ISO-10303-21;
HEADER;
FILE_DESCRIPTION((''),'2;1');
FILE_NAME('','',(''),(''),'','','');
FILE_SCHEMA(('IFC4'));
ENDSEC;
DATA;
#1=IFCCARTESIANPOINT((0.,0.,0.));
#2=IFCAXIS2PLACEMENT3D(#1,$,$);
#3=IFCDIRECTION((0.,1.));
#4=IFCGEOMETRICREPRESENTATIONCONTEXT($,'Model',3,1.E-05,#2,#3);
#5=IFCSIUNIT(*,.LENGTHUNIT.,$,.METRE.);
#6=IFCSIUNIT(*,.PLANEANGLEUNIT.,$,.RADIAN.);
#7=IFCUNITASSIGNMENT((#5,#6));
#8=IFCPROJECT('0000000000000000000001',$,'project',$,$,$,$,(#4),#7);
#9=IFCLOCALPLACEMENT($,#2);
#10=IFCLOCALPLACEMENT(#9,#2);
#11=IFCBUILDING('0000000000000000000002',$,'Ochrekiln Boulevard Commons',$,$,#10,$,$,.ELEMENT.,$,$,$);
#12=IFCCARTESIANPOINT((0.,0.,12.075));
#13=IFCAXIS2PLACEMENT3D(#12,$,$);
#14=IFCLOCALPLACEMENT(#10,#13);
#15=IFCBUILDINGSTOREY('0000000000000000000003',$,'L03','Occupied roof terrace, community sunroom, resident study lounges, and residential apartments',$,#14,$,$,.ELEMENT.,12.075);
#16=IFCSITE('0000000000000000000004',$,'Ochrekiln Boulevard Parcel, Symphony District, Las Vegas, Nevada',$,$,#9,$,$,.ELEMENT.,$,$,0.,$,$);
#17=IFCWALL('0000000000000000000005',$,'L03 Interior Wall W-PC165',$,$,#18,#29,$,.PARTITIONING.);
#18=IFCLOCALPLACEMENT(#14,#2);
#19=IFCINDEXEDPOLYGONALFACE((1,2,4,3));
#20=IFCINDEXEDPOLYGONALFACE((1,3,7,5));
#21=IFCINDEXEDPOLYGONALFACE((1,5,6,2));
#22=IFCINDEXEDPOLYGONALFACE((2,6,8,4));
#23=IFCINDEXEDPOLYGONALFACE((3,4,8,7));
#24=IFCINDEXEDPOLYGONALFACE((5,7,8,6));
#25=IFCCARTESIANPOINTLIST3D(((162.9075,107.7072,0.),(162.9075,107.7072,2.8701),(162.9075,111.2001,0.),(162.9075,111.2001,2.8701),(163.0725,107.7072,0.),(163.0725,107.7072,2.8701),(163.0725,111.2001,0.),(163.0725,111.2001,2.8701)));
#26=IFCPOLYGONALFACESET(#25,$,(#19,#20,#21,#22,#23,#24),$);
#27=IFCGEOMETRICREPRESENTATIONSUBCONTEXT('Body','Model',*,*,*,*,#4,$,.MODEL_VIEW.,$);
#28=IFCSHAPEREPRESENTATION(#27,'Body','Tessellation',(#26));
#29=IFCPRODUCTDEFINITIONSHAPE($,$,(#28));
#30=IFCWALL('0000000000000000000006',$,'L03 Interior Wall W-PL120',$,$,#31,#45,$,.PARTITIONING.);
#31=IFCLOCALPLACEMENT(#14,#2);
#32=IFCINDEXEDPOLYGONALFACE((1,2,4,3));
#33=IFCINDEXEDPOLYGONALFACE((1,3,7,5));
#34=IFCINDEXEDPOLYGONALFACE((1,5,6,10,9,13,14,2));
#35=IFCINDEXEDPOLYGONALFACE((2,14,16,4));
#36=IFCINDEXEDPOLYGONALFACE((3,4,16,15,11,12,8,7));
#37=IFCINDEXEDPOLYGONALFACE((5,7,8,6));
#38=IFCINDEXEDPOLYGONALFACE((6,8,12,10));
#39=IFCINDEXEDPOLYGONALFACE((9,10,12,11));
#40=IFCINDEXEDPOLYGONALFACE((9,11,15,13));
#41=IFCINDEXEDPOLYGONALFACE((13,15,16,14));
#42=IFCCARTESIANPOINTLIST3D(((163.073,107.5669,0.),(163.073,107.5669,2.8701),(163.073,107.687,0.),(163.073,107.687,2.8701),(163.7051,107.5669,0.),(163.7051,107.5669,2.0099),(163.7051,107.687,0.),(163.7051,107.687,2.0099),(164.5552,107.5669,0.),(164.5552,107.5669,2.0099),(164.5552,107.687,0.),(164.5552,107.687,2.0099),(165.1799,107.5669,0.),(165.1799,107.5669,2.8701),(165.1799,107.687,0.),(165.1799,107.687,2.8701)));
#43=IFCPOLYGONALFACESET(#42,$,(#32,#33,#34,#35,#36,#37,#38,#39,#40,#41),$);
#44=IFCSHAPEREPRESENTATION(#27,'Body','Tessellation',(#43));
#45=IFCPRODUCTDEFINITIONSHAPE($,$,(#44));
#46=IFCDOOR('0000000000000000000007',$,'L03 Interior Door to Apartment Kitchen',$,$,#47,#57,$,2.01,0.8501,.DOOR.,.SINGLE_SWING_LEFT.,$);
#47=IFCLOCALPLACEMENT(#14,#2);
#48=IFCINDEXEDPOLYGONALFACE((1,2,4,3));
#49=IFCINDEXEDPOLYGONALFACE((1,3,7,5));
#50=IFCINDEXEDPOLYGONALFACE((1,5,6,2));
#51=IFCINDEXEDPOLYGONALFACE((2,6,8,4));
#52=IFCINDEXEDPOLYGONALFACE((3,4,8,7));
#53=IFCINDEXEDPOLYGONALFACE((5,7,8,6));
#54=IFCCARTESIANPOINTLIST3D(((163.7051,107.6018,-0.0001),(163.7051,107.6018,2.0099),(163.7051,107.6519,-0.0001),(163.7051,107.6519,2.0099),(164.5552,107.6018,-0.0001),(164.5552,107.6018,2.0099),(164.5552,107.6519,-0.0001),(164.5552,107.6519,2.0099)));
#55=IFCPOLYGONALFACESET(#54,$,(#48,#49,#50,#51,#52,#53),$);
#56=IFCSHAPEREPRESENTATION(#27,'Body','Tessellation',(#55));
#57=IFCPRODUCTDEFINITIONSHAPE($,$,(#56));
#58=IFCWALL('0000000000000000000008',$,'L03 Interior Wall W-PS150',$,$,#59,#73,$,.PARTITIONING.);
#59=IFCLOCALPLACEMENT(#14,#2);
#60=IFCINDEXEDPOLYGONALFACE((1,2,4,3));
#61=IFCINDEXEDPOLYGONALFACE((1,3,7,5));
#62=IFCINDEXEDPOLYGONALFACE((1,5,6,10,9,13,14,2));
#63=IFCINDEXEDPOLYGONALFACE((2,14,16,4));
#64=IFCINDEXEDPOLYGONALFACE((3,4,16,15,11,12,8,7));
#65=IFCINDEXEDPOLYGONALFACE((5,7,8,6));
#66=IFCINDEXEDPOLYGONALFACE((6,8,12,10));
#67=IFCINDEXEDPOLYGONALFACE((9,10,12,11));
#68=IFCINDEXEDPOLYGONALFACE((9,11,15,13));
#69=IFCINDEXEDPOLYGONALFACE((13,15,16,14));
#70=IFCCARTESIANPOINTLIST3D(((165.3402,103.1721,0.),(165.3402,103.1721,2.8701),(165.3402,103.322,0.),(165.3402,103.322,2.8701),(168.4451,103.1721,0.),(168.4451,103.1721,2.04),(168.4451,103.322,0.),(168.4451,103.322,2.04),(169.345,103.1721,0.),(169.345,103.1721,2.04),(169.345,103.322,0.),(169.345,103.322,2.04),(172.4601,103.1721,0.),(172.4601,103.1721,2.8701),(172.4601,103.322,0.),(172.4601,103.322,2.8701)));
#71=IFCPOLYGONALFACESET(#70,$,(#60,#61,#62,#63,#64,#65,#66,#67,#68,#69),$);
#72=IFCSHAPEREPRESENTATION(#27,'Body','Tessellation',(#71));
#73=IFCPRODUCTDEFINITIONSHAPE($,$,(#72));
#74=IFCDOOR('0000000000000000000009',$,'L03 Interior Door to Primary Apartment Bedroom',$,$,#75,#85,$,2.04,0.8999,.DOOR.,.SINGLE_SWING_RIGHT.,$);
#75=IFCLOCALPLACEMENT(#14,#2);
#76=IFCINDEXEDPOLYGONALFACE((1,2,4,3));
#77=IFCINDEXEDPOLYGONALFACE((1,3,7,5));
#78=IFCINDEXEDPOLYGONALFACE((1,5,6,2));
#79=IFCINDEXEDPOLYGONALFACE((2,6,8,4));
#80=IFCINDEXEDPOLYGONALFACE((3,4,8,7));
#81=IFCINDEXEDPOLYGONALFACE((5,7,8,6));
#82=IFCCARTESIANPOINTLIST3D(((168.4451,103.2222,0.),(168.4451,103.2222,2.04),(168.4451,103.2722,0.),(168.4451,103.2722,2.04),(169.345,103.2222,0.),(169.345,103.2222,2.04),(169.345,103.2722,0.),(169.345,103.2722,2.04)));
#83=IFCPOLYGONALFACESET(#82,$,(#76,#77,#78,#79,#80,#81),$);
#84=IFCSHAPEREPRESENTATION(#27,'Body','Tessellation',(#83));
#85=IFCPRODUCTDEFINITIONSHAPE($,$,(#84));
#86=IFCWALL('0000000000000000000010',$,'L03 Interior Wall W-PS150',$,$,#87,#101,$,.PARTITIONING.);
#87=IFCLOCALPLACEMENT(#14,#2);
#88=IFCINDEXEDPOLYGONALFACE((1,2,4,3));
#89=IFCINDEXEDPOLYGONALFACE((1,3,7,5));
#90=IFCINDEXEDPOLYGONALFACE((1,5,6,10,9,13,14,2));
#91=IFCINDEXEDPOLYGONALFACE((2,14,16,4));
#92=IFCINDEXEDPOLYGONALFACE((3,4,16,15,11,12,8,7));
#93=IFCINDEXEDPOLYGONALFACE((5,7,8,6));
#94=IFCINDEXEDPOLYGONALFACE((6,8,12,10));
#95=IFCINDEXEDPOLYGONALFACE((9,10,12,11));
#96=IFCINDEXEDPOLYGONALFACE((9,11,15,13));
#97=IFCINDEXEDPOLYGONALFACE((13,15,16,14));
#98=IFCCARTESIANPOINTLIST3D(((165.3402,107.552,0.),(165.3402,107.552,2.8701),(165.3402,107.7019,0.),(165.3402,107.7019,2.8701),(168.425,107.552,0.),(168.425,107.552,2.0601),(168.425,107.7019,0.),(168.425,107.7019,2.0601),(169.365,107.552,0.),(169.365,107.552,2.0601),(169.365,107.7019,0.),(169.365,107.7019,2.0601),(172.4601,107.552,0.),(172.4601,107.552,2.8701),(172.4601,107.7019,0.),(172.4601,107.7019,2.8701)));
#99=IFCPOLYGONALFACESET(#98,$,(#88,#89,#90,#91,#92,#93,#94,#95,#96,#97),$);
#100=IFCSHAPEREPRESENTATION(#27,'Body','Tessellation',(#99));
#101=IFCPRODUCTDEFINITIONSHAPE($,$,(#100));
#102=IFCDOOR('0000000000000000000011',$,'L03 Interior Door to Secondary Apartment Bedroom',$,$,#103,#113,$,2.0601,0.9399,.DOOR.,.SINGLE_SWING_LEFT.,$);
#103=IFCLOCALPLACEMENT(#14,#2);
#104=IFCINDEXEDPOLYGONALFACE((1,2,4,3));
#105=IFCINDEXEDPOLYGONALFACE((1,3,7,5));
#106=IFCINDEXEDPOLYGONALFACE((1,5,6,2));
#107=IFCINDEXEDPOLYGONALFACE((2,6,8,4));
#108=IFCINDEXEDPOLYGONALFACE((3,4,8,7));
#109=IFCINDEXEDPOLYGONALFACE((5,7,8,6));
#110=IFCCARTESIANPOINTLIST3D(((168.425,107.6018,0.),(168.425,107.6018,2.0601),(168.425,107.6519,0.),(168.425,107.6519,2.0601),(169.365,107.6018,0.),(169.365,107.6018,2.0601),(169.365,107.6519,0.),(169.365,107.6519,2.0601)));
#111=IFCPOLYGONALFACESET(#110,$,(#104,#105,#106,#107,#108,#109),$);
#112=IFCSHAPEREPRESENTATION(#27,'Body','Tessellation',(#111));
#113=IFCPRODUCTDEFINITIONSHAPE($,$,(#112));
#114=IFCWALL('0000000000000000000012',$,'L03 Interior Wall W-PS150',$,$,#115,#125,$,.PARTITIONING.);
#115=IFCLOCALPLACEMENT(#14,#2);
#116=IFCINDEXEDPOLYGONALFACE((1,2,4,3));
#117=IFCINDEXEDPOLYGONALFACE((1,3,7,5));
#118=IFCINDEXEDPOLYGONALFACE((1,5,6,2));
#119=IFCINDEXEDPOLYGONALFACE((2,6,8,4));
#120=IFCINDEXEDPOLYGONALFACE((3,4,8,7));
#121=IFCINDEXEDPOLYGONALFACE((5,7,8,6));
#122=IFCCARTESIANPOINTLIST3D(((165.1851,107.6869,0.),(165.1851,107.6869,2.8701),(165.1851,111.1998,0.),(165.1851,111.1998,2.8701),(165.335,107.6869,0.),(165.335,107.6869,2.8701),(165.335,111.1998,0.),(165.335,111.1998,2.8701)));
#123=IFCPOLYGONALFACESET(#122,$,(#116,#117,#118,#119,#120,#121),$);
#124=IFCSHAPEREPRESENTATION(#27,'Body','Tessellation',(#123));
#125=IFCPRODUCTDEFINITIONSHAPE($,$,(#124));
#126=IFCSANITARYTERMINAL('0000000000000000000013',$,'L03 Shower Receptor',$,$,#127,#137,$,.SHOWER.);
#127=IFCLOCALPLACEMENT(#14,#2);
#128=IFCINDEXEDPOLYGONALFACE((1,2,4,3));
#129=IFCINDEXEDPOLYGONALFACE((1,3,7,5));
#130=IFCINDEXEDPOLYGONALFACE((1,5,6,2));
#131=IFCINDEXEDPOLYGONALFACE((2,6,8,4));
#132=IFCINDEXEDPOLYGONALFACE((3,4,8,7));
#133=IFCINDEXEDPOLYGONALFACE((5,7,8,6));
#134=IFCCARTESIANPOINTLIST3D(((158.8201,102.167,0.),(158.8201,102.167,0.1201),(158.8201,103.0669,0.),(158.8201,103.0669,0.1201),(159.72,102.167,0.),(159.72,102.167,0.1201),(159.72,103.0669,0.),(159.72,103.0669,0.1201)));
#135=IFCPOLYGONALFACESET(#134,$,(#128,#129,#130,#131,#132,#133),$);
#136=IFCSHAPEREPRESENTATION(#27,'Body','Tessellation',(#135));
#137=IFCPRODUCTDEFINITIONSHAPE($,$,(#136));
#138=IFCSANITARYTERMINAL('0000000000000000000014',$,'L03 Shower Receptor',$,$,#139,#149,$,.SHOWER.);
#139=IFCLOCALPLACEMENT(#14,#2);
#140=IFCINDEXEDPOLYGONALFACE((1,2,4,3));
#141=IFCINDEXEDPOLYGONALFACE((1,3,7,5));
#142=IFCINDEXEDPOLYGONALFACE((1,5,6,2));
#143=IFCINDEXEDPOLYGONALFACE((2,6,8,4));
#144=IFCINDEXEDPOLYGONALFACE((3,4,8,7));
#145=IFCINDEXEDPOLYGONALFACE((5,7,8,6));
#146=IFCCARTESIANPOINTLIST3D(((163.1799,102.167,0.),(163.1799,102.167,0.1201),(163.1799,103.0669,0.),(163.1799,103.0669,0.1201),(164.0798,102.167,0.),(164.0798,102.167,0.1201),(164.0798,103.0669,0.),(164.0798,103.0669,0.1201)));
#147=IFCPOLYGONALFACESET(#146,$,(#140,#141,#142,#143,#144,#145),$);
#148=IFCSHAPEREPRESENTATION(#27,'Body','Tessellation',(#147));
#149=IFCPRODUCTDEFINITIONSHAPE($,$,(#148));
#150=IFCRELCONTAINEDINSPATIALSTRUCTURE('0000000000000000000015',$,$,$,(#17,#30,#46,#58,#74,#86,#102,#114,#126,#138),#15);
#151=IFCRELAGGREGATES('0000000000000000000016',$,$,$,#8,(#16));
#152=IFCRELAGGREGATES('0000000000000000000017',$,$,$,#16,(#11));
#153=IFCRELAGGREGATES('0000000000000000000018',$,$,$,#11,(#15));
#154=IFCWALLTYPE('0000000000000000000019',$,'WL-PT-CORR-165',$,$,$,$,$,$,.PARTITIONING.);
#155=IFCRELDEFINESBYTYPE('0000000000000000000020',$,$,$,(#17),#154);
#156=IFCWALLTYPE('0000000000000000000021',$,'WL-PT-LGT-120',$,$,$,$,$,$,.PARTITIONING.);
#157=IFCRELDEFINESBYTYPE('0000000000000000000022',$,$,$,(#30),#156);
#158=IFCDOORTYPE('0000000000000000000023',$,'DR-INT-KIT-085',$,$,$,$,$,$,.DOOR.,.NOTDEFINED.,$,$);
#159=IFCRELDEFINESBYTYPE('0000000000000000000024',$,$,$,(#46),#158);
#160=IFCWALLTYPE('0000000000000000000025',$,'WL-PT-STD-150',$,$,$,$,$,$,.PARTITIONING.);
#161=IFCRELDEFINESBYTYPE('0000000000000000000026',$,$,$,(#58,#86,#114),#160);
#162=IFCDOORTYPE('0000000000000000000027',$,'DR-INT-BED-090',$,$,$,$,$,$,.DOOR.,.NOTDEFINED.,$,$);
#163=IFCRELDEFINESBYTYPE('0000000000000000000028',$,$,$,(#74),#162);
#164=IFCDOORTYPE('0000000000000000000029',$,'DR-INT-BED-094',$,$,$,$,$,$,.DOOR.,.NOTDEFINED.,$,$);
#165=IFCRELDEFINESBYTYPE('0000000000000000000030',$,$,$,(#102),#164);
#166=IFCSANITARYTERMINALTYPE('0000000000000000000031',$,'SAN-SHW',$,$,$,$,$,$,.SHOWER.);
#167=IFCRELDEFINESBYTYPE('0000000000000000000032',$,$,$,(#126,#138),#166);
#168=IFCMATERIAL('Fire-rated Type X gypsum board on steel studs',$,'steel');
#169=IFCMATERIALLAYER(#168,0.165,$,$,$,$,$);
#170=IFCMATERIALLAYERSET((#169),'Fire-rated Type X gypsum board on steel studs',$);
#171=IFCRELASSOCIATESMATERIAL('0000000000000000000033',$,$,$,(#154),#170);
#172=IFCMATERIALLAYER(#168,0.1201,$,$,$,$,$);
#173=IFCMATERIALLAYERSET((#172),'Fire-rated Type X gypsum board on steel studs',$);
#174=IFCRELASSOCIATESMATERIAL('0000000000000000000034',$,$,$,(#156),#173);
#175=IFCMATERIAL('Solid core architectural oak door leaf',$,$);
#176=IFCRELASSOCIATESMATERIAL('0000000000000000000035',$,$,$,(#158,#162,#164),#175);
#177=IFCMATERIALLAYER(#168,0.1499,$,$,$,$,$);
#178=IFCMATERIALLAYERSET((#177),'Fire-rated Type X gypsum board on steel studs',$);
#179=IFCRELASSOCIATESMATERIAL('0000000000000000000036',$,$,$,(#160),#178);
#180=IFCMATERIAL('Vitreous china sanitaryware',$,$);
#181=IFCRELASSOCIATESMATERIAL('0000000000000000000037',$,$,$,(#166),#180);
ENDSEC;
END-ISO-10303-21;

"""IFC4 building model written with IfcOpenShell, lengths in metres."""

from ifc_helpers import new_model, si_unit, direction, frame, frame_2d, origin, origin_2d, place, context, subcontext, project, spatial, rectangle, extrude, material, layer, layer_set, type_object, element, fill, save


model = new_model("IFC4")

# Units and contexts
model_context = context("Model", 3, precision=1e-05, world=origin(), true_north=direction((0.0, 1.0)))
body_context = subcontext(model_context, "Body", "Model", "MODEL_VIEW")
ifc_project = project(units=[si_unit("LENGTHUNIT", "METRE"), si_unit("PLANEANGLEUNIT", "RADIAN")], contexts=[model_context])

# Site, building, storey
site_placement = place(None, origin())
site = spatial("IfcSite", under=ifc_project, at=site_placement, Name="Ochrekiln Boulevard Parcel, Symphony District, Las Vegas, Nevada", CompositionType="ELEMENT", RefElevation=0.0)
building_placement = place(site_placement, origin())
building = spatial("IfcBuilding", under=site, at=building_placement, Name="Ochrekiln Boulevard Commons", CompositionType="ELEMENT")
storey_placement = place(building_placement, frame((0.0, 0.0, 12.075)))
storey = spatial("IfcBuildingStorey", under=building, at=storey_placement, Name="L03", Description="Occupied roof terrace, community sunroom, resident study lounges, and residential apartments", CompositionType="ELEMENT", Elevation=12.075)

# Shared definitions
ifc_material_1 = material(Name="Solid core architectural oak door leaf")
ifc_material_2 = material(Name="Fire-rated Type X gypsum board on steel studs", Category="steel")
ifc_layer_1 = layer(ifc_material_2, 0.165)
ifc_layer_set_1 = layer_set([ifc_layer_1], Name="Fire-rated Type X gypsum board on steel studs")
wall_type_1 = type_object("IfcWallType", Name="WL-PT-CORR-165", PredefinedType="PARTITIONING", material=ifc_layer_set_1)

# Wall
wall_1_placement = place(storey_placement, frame((162.99, 107.707, 0.0), z_axis=(0.0, 0.0, 1.0), x_axis=(0.0, 1.0, 0.0)))
element("IfcWall", 1, at=wall_1_placement, inside=storey, type_object=wall_type_1, Name="L03 Interior Wall W-PC165", PredefinedType="PARTITIONING", context=body_context, shape_type="SweptSolid", body=[
    extrude(rectangle(XDim=3.4929, YDim=0.165, at=frame_2d((1.7466, 0.0))), origin(), (0.0, 0.0, 1.0), 2.8701),
])

# Walls, openings, doors
ifc_layer_2 = layer(ifc_material_2, 0.1201)
ifc_layer_set_2 = layer_set([ifc_layer_2], Name="Fire-rated Type X gypsum board on steel studs")
wall_type_2 = type_object("IfcWallType", Name="WL-PT-LGT-120", PredefinedType="PARTITIONING", material=ifc_layer_set_2)
wall_2_placement = place(storey_placement, frame((163.073, 107.627, 0.0), z_axis=(0.0, 0.0, 1.0), x_axis=(1.0, 0.0, 0.0)))
wall_2 = element("IfcWall", 2, at=wall_2_placement, inside=storey, type_object=wall_type_2, Name="L03 Interior Wall W-PL120", PredefinedType="PARTITIONING", context=body_context, shape_type="SweptSolid", body=[
    extrude(rectangle(XDim=2.1069, YDim=0.1201, at=frame_2d((1.0535, 0.0))), origin(), (0.0, 0.0, 1.0), 2.8701),
])
opening_1_placement = place(wall_2_placement, frame((0.6321, 0.0, 0.0)))
opening_1 = element("IfcOpeningElement", 3, at=opening_1_placement, cuts=wall_2, PredefinedType="OPENING", context=body_context, shape_type="SweptSolid", body=[
    extrude(rectangle(XDim=0.8501, YDim=2.01, at=frame_2d((0.425, 1.0049))), frame((0.0, 0.0701, 0.0), z_axis=(0.0, -1.0, 0.0), x_axis=(1.0, 0.0, 0.0)), (0.0, 0.0, 1.0), 0.1401),
])
door_type_1 = type_object("IfcDoorType", Name="DR-INT-KIT-085", OperationType="NOTDEFINED", PredefinedType="DOOR", material=ifc_material_1)
door_1_placement = place(opening_1_placement, origin())
door_1 = element("IfcDoor", 4, at=door_1_placement, inside=storey, type_object=door_type_1, Name="L03 Interior Door to Apartment Kitchen", OperationType="SINGLE_SWING_LEFT", OverallHeight=2.01, OverallWidth=0.8501, PredefinedType="DOOR", context=body_context, shape_type="SweptSolid", body=[
    extrude(rectangle(XDim=0.8501, YDim=2.01, at=frame_2d((0.425, 1.0049))), frame((0.0, 0.0249, 0.0), z_axis=(0.0, -1.0, 0.0), x_axis=(1.0, 0.0, 0.0)), (0.0, 0.0, 1.0), 0.05),
])
fill(opening_1, door_1)
ifc_layer_3 = layer(ifc_material_2, 0.1499)
ifc_layer_set_3 = layer_set([ifc_layer_3], Name="Fire-rated Type X gypsum board on steel studs")
wall_type_3 = type_object("IfcWallType", Name="WL-PT-STD-150", PredefinedType="PARTITIONING", material=ifc_layer_set_3)
wall_3_placement = place(storey_placement, frame((165.3401, 103.2471, 0.0), z_axis=(0.0, 0.0, 1.0), x_axis=(1.0, 0.0, 0.0)))
wall_3 = element("IfcWall", 5, at=wall_3_placement, inside=storey, type_object=wall_type_3, Name="L03 Interior Wall W-PS150", PredefinedType="PARTITIONING", context=body_context, shape_type="SweptSolid", body=[
    extrude(rectangle(XDim=7.1199, YDim=0.1499, at=frame_2d((3.5601, 0.0))), origin(), (0.0, 0.0, 1.0), 2.8701),
])
opening_2_placement = place(wall_3_placement, frame((3.105, 0.0, 0.0)))
opening_2 = element("IfcOpeningElement", 6, at=opening_2_placement, cuts=wall_3, PredefinedType="OPENING", context=body_context, shape_type="SweptSolid", body=[
    extrude(rectangle(XDim=0.8999, YDim=2.04, at=frame_2d((0.45, 1.02))), frame((0.0, 0.085, 0.0), z_axis=(0.0, -1.0, 0.0), x_axis=(1.0, 0.0, 0.0)), (0.0, 0.0, 1.0), 0.1699),
])
door_type_2 = type_object("IfcDoorType", Name="DR-INT-BED-090", OperationType="NOTDEFINED", PredefinedType="DOOR", material=ifc_material_1)
door_2_placement = place(opening_2_placement, frame((0.8999, 0.0, 0.0), z_axis=(0.0, 0.0, 1.0), x_axis=(-1.0, 0.0, 0.0)))
door_2 = element("IfcDoor", 7, at=door_2_placement, inside=storey, type_object=door_type_2, Name="L03 Interior Door to Primary Apartment Bedroom", OperationType="SINGLE_SWING_RIGHT", OverallHeight=2.04, OverallWidth=0.8999, PredefinedType="DOOR", context=body_context, shape_type="SweptSolid", body=[
    extrude(rectangle(XDim=0.8999, YDim=2.04, at=frame_2d((0.45, 1.02))), frame((0.0, 0.0249, 0.0), z_axis=(0.0, -1.0, 0.0), x_axis=(1.0, 0.0, 0.0)), (0.0, 0.0, 1.0), 0.05),
])
fill(opening_2, door_2)
wall_4_placement = place(storey_placement, frame((165.3401, 107.627, 0.0), z_axis=(0.0, 0.0, 1.0), x_axis=(1.0, 0.0, 0.0)))
wall_4 = element("IfcWall", 8, at=wall_4_placement, inside=storey, type_object=wall_type_3, Name="L03 Interior Wall W-PS150", PredefinedType="PARTITIONING", context=body_context, shape_type="SweptSolid", body=[
    extrude(rectangle(XDim=7.1199, YDim=0.1499, at=frame_2d((3.5601, 0.0))), origin(), (0.0, 0.0, 1.0), 2.8701),
])
opening_3_placement = place(wall_4_placement, frame((3.085, 0.0, 0.0)))
opening_3 = element("IfcOpeningElement", 9, at=opening_3_placement, cuts=wall_4, PredefinedType="OPENING", context=body_context, shape_type="SweptSolid", body=[
    extrude(rectangle(XDim=0.9399, YDim=2.0601, at=frame_2d((0.47, 1.03))), frame((0.0, 0.085, 0.0), z_axis=(0.0, -1.0, 0.0), x_axis=(1.0, 0.0, 0.0)), (0.0, 0.0, 1.0), 0.1699),
])
door_type_3 = type_object("IfcDoorType", Name="DR-INT-BED-094", OperationType="NOTDEFINED", PredefinedType="DOOR", material=ifc_material_1)
door_3_placement = place(opening_3_placement, origin())
door_3 = element("IfcDoor", 10, at=door_3_placement, inside=storey, type_object=door_type_3, Name="L03 Interior Door to Secondary Apartment Bedroom", OperationType="SINGLE_SWING_LEFT", OverallHeight=2.0601, OverallWidth=0.9399, PredefinedType="DOOR", context=body_context, shape_type="SweptSolid", body=[
    extrude(rectangle(XDim=0.9399, YDim=2.0601, at=frame_2d((0.47, 1.03))), frame((0.0, 0.0249, 0.0), z_axis=(0.0, -1.0, 0.0), x_axis=(1.0, 0.0, 0.0)), (0.0, 0.0, 1.0), 0.05),
])
fill(opening_3, door_3)

# Wall
wall_5_placement = place(storey_placement, frame((165.26, 107.687, 0.0), z_axis=(0.0, 0.0, 1.0), x_axis=(0.0, 1.0, 0.0)))
element("IfcWall", 11, at=wall_5_placement, inside=storey, type_object=wall_type_3, Name="L03 Interior Wall W-PS150", PredefinedType="PARTITIONING", context=body_context, shape_type="SweptSolid", body=[
    extrude(rectangle(XDim=3.5129, YDim=0.1499, at=frame_2d((1.7563, 0.0))), origin(), (0.0, 0.0, 1.0), 2.8701),
])

# Sanitary terminals
ifc_material_3 = material(Name="Vitreous china sanitaryware")
sanitary_terminal_type = type_object("IfcSanitaryTerminalType", Name="SAN-SHW", PredefinedType="SHOWER", material=ifc_material_3)
for number, where, z_axis, x_axis, name in (
    (12, (159.27, 102.6169, 0.0), (0.0, 0.0, 1.0), (1.0, 0.0, 0.0), "L03 Shower Receptor"),
    (13, (163.6299, 102.6169, 0.0), (0.0, 0.0, 1.0), (1.0, 0.0, 0.0), "L03 Shower Receptor"),
):
    element("IfcSanitaryTerminal", number, at=place(storey_placement, frame(where, z_axis=z_axis, x_axis=x_axis)), inside=storey, type_object=sanitary_terminal_type, Name=name, PredefinedType="SHOWER", context=body_context, shape_type="SweptSolid", body=[
        extrude(rectangle(XDim=0.8999, YDim=0.8999, at=origin_2d()), origin(), (0.0, 0.0, 1.0), 0.1201),
    ])

save(model, "model.ifc")
